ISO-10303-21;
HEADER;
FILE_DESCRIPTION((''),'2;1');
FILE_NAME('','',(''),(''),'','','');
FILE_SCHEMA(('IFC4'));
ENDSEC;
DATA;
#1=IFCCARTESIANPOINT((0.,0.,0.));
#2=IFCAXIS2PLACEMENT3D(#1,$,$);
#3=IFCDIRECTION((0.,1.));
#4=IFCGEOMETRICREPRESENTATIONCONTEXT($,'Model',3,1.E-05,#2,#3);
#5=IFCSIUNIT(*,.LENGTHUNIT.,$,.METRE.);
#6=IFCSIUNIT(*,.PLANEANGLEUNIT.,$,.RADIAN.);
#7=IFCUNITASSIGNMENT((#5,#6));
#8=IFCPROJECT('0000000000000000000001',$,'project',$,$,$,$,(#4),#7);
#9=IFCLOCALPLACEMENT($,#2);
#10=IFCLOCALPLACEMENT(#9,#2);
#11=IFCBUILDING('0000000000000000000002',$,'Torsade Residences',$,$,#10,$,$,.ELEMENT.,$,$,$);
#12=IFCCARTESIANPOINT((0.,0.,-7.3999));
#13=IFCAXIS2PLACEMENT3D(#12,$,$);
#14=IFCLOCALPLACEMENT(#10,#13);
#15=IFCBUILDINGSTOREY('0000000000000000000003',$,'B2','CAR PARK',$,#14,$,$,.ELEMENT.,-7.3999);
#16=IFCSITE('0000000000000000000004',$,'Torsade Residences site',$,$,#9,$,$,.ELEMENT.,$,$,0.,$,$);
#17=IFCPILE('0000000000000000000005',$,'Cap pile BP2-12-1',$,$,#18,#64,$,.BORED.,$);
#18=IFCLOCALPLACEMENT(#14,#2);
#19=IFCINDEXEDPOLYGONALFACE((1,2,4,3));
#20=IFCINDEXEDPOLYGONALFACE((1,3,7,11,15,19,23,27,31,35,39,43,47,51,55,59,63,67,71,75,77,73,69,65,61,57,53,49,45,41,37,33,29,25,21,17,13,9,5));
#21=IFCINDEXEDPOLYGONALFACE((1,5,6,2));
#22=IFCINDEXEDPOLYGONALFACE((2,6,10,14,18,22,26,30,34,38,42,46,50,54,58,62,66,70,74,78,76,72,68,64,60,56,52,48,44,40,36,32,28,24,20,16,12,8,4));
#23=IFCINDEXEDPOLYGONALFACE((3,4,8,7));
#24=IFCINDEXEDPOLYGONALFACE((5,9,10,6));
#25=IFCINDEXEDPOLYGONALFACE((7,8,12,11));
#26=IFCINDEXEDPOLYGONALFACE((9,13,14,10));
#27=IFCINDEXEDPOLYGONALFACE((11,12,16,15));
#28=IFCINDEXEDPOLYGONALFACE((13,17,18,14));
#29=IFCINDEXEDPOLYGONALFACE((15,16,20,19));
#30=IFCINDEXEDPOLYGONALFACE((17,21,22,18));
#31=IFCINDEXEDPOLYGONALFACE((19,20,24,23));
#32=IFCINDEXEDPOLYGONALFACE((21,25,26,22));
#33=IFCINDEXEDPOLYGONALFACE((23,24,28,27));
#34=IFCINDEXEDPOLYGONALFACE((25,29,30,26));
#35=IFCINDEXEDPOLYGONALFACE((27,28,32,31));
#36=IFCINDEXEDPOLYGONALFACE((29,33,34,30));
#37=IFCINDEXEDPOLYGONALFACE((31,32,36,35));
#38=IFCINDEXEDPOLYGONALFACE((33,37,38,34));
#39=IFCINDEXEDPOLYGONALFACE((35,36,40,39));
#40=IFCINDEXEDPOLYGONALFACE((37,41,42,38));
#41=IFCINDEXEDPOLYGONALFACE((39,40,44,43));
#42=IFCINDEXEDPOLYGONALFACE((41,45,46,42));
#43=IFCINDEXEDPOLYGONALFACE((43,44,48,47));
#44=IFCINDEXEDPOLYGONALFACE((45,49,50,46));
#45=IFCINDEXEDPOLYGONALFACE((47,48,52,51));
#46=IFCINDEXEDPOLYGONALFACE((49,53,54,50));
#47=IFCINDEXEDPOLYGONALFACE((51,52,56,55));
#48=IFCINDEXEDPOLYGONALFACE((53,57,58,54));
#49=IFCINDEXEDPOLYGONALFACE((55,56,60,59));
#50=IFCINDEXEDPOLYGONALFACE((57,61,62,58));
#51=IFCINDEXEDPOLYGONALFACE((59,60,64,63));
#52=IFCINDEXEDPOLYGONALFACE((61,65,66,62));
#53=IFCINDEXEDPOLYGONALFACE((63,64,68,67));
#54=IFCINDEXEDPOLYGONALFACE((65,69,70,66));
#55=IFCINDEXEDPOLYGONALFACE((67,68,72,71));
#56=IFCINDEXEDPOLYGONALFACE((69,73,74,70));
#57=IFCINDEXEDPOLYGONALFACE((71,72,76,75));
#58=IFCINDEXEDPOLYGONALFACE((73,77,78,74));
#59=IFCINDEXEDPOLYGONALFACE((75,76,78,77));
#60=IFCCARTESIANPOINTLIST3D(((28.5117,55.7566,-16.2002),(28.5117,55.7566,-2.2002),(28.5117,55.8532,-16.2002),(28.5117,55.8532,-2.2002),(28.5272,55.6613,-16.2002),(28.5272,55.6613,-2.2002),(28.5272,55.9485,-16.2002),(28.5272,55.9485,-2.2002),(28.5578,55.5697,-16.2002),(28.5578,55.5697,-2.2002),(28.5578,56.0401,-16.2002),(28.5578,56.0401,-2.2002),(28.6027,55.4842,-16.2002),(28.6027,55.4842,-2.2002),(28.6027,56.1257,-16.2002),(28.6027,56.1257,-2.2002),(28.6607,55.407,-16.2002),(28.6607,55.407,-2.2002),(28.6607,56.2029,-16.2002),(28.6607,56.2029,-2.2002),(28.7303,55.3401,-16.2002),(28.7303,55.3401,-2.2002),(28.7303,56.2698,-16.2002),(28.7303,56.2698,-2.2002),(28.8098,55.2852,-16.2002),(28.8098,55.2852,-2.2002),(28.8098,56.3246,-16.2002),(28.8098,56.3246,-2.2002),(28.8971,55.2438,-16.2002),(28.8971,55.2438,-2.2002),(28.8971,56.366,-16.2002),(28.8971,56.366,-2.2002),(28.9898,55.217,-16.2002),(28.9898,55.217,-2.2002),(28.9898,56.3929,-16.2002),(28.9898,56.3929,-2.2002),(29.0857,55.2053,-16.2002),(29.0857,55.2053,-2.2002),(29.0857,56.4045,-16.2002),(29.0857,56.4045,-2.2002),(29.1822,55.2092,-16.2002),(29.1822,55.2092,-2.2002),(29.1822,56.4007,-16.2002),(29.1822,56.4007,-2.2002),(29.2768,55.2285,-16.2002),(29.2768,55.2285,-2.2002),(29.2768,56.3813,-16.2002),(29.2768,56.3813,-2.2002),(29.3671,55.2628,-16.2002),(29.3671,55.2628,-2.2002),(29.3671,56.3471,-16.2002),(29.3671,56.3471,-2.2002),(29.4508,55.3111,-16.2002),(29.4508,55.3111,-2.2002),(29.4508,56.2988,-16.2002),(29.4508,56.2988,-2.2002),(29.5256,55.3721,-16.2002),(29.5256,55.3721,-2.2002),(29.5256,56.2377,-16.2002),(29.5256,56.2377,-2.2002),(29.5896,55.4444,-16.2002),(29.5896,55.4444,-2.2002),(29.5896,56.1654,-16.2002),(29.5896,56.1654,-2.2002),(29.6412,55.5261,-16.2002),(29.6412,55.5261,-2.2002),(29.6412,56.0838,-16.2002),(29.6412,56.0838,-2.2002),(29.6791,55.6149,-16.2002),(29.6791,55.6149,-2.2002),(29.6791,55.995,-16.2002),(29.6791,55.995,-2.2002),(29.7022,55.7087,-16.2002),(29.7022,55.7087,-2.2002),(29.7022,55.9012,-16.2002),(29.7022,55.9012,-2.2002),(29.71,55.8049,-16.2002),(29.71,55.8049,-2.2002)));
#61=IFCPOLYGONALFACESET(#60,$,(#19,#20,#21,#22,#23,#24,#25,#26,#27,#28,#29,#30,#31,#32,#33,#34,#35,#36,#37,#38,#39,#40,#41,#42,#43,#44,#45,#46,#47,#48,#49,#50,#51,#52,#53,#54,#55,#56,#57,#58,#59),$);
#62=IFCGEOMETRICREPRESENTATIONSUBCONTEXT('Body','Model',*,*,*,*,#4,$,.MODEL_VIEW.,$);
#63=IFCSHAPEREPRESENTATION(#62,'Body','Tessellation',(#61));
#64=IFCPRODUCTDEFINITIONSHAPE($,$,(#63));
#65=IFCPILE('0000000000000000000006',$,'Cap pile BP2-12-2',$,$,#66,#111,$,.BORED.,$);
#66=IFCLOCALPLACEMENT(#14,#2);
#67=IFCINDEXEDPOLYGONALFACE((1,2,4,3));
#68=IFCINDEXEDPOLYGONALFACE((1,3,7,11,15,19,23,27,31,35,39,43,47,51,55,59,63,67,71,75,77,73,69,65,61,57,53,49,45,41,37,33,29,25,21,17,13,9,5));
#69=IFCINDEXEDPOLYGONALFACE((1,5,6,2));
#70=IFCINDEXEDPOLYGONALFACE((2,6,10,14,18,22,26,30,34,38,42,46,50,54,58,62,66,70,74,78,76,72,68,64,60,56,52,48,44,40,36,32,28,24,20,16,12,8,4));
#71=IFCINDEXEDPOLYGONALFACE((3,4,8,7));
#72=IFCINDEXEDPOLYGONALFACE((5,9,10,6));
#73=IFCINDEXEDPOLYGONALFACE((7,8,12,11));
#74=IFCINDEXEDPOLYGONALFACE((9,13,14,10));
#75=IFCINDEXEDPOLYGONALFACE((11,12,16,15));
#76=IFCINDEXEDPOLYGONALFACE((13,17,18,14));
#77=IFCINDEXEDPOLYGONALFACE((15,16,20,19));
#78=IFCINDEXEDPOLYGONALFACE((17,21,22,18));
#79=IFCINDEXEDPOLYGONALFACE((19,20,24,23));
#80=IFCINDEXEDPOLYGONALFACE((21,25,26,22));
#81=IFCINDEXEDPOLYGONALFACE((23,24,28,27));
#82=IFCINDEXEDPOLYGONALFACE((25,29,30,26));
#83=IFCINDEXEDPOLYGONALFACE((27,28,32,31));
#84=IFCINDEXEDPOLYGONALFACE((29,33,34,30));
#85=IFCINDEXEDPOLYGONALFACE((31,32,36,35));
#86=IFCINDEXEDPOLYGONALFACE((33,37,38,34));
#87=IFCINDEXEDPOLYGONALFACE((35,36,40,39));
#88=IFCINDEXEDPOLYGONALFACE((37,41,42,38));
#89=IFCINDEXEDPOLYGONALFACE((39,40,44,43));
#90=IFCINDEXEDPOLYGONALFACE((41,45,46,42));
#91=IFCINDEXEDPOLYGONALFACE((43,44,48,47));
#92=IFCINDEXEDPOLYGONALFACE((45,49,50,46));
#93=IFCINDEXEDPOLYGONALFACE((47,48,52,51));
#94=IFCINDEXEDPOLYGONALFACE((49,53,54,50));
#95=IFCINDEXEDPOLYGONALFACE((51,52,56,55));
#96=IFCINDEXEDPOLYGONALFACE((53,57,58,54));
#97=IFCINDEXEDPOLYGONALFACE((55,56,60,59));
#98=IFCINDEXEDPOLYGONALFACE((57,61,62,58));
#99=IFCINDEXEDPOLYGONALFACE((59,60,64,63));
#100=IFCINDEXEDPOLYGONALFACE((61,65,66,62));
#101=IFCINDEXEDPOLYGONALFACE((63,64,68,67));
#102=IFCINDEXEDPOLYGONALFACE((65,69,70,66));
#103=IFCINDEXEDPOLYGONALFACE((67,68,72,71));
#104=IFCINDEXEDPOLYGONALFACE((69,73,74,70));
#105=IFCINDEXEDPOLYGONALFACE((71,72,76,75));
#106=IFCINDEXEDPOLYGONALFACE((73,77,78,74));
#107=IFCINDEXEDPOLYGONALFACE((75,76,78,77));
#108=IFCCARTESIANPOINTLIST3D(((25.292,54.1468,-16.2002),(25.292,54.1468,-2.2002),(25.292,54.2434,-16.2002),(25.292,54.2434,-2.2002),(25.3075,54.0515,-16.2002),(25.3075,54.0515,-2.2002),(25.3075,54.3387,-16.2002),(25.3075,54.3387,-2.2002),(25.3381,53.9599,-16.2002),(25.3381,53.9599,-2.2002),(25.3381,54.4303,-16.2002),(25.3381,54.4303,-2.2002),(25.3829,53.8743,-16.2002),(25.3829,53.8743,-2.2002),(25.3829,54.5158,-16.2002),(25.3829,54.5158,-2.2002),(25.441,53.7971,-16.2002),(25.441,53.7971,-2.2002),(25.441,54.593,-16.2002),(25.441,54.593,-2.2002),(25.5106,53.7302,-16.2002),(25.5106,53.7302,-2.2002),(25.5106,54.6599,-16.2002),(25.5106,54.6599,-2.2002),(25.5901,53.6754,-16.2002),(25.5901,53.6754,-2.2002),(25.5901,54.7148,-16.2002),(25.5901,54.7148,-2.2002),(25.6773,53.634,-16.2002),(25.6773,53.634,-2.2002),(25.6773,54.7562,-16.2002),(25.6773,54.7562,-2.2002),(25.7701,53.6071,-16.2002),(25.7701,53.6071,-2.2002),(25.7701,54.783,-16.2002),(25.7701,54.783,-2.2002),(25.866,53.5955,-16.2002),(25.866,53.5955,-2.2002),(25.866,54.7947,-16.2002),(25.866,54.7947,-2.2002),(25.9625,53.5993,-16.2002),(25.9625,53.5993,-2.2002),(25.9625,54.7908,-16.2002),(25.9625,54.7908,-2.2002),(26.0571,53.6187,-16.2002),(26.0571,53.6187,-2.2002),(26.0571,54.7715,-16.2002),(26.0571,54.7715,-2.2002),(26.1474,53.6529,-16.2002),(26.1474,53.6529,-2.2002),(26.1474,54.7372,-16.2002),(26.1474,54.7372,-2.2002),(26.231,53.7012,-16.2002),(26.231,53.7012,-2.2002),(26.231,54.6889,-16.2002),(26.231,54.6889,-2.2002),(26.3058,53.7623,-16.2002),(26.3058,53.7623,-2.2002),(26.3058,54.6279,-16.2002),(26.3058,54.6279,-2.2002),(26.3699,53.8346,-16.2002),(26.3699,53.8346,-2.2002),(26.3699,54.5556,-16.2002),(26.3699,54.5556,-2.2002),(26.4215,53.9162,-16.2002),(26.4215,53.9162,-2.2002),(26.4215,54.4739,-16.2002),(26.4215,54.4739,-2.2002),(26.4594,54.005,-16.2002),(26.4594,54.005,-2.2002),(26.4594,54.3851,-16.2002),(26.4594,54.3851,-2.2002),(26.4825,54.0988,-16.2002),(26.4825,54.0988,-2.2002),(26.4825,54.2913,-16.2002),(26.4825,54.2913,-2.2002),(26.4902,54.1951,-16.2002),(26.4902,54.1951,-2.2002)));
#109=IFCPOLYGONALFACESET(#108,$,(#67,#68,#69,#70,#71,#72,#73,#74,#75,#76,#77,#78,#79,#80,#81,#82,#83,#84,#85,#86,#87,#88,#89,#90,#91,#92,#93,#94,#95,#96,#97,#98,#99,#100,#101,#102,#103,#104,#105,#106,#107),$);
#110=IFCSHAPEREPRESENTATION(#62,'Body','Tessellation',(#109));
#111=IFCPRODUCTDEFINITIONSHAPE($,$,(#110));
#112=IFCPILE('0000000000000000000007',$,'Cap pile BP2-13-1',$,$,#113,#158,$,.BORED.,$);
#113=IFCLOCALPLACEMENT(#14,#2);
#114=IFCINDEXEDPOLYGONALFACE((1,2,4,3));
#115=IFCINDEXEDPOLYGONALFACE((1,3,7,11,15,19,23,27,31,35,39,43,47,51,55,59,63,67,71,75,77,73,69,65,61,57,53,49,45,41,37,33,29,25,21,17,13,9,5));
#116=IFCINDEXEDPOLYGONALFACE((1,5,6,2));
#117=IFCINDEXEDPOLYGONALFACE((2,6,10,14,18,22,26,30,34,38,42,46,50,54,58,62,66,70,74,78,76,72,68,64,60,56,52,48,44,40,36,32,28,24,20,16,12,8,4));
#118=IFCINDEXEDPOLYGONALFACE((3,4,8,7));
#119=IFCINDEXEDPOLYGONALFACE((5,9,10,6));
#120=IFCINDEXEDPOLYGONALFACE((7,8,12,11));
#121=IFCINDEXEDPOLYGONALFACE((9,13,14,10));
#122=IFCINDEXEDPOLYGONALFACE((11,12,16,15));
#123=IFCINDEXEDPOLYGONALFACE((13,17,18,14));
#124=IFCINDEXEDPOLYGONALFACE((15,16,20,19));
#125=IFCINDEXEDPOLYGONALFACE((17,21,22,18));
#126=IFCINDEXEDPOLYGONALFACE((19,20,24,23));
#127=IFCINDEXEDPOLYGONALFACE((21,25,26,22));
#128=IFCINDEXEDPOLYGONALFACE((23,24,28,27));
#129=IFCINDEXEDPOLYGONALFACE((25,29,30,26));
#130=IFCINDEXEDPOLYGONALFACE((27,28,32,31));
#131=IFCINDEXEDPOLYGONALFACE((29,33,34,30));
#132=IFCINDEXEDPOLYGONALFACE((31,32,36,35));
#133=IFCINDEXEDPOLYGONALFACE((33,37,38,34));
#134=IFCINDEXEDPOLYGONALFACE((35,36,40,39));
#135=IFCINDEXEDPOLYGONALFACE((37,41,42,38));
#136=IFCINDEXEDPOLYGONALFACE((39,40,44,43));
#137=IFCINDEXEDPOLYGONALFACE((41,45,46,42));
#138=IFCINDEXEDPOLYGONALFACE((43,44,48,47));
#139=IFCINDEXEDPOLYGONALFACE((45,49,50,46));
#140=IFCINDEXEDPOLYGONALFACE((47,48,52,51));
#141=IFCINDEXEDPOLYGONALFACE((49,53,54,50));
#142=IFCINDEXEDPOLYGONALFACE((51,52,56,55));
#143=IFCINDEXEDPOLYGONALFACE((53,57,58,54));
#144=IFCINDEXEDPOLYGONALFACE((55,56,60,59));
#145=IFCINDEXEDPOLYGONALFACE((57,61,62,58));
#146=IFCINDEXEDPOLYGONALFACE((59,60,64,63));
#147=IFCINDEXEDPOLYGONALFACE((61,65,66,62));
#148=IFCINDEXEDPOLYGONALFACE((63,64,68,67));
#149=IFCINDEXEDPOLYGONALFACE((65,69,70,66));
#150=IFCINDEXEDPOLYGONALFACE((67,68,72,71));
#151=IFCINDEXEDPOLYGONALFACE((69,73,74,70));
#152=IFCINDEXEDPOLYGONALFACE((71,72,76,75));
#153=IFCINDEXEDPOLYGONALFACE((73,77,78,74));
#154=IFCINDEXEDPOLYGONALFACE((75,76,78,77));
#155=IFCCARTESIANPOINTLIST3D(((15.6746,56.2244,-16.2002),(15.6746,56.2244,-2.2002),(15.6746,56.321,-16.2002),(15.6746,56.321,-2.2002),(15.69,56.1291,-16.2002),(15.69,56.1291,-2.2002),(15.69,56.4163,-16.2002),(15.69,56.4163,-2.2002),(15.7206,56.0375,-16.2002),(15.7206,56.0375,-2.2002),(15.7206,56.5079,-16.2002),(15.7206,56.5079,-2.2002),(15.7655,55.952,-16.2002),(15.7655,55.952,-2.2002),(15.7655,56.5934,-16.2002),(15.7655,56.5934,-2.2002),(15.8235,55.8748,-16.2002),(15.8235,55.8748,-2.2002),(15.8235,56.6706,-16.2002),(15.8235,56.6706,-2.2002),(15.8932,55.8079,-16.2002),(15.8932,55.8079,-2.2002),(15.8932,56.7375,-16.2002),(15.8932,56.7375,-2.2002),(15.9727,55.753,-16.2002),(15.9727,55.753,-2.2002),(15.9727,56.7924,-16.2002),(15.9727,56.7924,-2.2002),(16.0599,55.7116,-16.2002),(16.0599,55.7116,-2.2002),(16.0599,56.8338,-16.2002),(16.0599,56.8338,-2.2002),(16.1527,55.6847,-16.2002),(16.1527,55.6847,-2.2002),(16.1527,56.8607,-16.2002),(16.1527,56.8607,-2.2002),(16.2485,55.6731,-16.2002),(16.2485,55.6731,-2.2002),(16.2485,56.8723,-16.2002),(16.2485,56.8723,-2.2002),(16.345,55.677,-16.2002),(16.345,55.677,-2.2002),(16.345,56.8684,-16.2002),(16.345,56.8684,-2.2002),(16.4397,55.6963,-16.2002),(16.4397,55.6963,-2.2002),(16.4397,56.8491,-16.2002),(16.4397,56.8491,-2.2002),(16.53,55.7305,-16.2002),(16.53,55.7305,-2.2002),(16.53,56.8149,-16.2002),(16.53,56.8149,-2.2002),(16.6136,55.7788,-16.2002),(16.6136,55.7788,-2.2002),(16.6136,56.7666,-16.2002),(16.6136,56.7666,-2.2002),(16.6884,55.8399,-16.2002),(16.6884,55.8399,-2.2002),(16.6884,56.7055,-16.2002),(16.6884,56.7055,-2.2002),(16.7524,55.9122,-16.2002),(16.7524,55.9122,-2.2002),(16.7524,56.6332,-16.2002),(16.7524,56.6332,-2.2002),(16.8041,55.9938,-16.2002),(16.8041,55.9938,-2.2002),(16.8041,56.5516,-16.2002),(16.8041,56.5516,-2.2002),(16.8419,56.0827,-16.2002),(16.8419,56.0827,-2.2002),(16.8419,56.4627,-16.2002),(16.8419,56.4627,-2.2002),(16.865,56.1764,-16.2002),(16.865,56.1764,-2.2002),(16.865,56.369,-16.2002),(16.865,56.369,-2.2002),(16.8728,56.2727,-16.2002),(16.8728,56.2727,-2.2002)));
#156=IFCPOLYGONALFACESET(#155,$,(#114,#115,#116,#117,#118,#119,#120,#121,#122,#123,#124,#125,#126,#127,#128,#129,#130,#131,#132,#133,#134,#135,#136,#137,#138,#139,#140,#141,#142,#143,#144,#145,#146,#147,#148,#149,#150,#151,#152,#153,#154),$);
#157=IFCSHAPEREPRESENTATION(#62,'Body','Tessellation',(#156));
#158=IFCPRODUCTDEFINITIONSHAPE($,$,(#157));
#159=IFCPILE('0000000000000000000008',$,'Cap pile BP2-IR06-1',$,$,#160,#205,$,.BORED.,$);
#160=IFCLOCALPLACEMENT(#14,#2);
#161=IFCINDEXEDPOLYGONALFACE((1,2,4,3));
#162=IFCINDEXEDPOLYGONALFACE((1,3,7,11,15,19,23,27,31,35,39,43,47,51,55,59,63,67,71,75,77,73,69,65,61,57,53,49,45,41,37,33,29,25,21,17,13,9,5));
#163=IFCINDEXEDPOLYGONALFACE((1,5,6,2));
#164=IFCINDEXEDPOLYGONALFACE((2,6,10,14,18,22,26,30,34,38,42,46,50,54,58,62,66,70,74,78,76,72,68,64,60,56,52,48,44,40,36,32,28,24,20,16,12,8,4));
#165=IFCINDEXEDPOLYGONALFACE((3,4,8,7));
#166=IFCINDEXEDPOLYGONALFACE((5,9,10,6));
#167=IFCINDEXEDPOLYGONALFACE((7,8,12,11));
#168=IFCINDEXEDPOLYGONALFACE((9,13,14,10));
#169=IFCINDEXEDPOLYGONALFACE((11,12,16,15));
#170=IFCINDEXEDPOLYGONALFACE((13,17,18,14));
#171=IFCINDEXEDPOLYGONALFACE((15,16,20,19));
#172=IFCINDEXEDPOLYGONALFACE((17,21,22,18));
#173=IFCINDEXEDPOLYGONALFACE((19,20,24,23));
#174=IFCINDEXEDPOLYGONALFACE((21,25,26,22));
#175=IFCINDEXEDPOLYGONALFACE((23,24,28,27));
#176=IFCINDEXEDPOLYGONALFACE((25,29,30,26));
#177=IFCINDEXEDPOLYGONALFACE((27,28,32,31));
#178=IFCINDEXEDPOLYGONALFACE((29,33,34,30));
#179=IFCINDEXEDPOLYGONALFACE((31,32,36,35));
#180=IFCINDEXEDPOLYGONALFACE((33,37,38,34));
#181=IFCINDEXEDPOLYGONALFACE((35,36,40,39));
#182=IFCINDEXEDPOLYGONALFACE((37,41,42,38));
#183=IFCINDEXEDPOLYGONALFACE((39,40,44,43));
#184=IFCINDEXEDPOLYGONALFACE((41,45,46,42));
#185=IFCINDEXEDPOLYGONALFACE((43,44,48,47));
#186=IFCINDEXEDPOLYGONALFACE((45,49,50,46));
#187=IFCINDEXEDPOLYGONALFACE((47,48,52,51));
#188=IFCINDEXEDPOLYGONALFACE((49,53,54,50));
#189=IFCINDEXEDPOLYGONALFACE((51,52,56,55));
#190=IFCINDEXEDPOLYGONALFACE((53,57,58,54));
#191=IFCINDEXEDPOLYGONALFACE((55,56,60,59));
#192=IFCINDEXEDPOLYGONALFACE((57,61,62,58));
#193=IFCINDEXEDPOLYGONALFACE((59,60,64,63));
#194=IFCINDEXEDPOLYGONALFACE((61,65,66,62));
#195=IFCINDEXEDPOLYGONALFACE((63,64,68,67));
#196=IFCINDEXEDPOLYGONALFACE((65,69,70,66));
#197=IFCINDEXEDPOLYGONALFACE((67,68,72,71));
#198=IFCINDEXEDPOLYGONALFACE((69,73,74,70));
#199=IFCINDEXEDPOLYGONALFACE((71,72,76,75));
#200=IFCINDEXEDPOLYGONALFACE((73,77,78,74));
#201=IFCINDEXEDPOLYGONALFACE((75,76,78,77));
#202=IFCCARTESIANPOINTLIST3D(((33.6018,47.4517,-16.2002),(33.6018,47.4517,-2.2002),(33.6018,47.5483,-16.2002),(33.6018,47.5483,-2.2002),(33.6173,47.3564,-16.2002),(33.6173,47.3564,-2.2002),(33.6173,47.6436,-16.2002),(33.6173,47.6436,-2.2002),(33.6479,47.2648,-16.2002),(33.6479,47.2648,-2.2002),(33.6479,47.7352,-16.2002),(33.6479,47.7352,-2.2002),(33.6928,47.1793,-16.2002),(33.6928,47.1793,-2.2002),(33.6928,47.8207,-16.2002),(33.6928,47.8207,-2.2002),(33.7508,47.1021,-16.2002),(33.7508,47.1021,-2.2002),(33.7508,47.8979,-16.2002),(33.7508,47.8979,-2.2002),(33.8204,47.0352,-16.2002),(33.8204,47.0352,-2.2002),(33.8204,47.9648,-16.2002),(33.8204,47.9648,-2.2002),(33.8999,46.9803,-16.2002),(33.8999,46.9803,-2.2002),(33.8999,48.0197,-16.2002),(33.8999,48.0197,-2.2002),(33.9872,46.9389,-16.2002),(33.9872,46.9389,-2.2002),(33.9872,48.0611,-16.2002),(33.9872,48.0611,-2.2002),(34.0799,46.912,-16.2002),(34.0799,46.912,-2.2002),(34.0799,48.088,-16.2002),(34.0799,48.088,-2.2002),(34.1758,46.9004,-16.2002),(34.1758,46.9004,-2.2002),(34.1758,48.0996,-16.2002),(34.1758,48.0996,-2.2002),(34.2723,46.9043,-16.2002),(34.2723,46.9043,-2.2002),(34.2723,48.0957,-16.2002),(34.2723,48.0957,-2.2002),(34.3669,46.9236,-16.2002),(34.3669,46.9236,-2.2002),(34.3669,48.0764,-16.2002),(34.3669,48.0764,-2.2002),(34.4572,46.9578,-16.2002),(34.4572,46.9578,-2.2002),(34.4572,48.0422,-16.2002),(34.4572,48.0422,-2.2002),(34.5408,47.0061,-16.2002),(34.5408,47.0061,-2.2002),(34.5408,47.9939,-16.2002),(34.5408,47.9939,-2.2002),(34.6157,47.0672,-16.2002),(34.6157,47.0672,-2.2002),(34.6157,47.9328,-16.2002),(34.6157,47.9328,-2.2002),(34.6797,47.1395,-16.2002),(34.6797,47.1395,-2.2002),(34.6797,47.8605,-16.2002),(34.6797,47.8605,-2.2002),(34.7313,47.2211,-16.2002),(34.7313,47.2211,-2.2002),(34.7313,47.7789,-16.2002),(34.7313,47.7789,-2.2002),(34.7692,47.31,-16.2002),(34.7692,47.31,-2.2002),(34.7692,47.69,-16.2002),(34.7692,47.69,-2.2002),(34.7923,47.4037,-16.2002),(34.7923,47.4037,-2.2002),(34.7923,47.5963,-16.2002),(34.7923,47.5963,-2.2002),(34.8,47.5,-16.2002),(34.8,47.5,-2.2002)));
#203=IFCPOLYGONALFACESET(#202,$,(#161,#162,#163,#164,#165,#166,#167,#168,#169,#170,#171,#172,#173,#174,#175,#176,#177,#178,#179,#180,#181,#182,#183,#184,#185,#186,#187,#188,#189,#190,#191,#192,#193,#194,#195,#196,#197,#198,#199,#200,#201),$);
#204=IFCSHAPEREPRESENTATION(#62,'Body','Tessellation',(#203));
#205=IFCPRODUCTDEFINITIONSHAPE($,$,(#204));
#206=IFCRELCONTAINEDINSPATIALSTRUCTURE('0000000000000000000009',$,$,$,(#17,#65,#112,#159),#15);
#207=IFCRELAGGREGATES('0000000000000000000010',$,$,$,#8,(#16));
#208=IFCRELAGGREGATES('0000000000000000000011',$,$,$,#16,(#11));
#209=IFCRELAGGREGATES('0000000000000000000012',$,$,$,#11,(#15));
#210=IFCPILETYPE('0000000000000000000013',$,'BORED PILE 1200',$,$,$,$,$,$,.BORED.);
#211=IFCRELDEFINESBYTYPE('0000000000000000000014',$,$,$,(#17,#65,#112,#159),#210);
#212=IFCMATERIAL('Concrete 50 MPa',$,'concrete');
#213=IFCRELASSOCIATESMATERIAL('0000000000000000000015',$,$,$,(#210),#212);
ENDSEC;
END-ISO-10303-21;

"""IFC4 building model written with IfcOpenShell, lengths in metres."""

from ifc_helpers import new_model, si_unit, direction, frame, origin, origin_2d, place, context, subcontext, project, spatial, circle, extrude, material, type_object, element, save


model = new_model("IFC4")

# Units and contexts
model_context = context("Model", 3, precision=1e-05, world=origin(), true_north=direction((0.0, 1.0)))
body_context = subcontext(model_context, "Body", "Model", "MODEL_VIEW")
ifc_project = project(units=[si_unit("LENGTHUNIT", "METRE"), si_unit("PLANEANGLEUNIT", "RADIAN")], contexts=[model_context])

# Site, building, storey
site_placement = place(None, origin())
site = spatial("IfcSite", under=ifc_project, at=site_placement, Name="Torsade Residences site", CompositionType="ELEMENT", RefElevation=0.0)
building_placement = place(site_placement, origin())
building = spatial("IfcBuilding", under=site, at=building_placement, Name="Torsade Residences", CompositionType="ELEMENT")
storey_placement = place(building_placement, frame((0.0, 0.0, -7.3999)))
storey = spatial("IfcBuildingStorey", under=building, at=storey_placement, Name="B2", Description="CAR PARK", CompositionType="ELEMENT", Elevation=-7.3999)

# Piles
ifc_material_1 = material(Name="Concrete 50 MPa", Category="concrete")
pile_type_1 = type_object("IfcPileType", Name="BORED PILE 1200", PredefinedType="BORED", material=ifc_material_1)
for number, where, z_axis, x_axis, name in (
    (1, (29.1099, 55.8049, -2.2002), (0.0, 0.0, -1.0), (1.0, 0.0, 0.0), "Cap pile BP2-12-1"),
    (2, (25.8901, 54.1951, -2.2002), (0.0, 0.0, -1.0), (1.0, 0.0, 0.0), "Cap pile BP2-12-2"),
    (3, (16.2727, 56.2727, -2.2002), (0.0, 0.0, -1.0), (1.0, 0.0, 0.0), "Cap pile BP2-13-1"),
    (4, (34.2, 47.5, -2.2002), (0.0, 0.0, -1.0), (1.0, 0.0, 0.0), "Cap pile BP2-IR06-1"),
):
    element("IfcPile", number, at=place(storey_placement, frame(where, z_axis=z_axis, x_axis=x_axis)), inside=storey, type_object=pile_type_1, Name=name, PredefinedType="BORED", context=body_context, shape_type="SweptSolid", body=[
        extrude(circle(Radius=0.6001, at=origin_2d()), origin(), (0.0, 0.0, 1.0), 14.0),
    ])

save(model, "model.ifc")
